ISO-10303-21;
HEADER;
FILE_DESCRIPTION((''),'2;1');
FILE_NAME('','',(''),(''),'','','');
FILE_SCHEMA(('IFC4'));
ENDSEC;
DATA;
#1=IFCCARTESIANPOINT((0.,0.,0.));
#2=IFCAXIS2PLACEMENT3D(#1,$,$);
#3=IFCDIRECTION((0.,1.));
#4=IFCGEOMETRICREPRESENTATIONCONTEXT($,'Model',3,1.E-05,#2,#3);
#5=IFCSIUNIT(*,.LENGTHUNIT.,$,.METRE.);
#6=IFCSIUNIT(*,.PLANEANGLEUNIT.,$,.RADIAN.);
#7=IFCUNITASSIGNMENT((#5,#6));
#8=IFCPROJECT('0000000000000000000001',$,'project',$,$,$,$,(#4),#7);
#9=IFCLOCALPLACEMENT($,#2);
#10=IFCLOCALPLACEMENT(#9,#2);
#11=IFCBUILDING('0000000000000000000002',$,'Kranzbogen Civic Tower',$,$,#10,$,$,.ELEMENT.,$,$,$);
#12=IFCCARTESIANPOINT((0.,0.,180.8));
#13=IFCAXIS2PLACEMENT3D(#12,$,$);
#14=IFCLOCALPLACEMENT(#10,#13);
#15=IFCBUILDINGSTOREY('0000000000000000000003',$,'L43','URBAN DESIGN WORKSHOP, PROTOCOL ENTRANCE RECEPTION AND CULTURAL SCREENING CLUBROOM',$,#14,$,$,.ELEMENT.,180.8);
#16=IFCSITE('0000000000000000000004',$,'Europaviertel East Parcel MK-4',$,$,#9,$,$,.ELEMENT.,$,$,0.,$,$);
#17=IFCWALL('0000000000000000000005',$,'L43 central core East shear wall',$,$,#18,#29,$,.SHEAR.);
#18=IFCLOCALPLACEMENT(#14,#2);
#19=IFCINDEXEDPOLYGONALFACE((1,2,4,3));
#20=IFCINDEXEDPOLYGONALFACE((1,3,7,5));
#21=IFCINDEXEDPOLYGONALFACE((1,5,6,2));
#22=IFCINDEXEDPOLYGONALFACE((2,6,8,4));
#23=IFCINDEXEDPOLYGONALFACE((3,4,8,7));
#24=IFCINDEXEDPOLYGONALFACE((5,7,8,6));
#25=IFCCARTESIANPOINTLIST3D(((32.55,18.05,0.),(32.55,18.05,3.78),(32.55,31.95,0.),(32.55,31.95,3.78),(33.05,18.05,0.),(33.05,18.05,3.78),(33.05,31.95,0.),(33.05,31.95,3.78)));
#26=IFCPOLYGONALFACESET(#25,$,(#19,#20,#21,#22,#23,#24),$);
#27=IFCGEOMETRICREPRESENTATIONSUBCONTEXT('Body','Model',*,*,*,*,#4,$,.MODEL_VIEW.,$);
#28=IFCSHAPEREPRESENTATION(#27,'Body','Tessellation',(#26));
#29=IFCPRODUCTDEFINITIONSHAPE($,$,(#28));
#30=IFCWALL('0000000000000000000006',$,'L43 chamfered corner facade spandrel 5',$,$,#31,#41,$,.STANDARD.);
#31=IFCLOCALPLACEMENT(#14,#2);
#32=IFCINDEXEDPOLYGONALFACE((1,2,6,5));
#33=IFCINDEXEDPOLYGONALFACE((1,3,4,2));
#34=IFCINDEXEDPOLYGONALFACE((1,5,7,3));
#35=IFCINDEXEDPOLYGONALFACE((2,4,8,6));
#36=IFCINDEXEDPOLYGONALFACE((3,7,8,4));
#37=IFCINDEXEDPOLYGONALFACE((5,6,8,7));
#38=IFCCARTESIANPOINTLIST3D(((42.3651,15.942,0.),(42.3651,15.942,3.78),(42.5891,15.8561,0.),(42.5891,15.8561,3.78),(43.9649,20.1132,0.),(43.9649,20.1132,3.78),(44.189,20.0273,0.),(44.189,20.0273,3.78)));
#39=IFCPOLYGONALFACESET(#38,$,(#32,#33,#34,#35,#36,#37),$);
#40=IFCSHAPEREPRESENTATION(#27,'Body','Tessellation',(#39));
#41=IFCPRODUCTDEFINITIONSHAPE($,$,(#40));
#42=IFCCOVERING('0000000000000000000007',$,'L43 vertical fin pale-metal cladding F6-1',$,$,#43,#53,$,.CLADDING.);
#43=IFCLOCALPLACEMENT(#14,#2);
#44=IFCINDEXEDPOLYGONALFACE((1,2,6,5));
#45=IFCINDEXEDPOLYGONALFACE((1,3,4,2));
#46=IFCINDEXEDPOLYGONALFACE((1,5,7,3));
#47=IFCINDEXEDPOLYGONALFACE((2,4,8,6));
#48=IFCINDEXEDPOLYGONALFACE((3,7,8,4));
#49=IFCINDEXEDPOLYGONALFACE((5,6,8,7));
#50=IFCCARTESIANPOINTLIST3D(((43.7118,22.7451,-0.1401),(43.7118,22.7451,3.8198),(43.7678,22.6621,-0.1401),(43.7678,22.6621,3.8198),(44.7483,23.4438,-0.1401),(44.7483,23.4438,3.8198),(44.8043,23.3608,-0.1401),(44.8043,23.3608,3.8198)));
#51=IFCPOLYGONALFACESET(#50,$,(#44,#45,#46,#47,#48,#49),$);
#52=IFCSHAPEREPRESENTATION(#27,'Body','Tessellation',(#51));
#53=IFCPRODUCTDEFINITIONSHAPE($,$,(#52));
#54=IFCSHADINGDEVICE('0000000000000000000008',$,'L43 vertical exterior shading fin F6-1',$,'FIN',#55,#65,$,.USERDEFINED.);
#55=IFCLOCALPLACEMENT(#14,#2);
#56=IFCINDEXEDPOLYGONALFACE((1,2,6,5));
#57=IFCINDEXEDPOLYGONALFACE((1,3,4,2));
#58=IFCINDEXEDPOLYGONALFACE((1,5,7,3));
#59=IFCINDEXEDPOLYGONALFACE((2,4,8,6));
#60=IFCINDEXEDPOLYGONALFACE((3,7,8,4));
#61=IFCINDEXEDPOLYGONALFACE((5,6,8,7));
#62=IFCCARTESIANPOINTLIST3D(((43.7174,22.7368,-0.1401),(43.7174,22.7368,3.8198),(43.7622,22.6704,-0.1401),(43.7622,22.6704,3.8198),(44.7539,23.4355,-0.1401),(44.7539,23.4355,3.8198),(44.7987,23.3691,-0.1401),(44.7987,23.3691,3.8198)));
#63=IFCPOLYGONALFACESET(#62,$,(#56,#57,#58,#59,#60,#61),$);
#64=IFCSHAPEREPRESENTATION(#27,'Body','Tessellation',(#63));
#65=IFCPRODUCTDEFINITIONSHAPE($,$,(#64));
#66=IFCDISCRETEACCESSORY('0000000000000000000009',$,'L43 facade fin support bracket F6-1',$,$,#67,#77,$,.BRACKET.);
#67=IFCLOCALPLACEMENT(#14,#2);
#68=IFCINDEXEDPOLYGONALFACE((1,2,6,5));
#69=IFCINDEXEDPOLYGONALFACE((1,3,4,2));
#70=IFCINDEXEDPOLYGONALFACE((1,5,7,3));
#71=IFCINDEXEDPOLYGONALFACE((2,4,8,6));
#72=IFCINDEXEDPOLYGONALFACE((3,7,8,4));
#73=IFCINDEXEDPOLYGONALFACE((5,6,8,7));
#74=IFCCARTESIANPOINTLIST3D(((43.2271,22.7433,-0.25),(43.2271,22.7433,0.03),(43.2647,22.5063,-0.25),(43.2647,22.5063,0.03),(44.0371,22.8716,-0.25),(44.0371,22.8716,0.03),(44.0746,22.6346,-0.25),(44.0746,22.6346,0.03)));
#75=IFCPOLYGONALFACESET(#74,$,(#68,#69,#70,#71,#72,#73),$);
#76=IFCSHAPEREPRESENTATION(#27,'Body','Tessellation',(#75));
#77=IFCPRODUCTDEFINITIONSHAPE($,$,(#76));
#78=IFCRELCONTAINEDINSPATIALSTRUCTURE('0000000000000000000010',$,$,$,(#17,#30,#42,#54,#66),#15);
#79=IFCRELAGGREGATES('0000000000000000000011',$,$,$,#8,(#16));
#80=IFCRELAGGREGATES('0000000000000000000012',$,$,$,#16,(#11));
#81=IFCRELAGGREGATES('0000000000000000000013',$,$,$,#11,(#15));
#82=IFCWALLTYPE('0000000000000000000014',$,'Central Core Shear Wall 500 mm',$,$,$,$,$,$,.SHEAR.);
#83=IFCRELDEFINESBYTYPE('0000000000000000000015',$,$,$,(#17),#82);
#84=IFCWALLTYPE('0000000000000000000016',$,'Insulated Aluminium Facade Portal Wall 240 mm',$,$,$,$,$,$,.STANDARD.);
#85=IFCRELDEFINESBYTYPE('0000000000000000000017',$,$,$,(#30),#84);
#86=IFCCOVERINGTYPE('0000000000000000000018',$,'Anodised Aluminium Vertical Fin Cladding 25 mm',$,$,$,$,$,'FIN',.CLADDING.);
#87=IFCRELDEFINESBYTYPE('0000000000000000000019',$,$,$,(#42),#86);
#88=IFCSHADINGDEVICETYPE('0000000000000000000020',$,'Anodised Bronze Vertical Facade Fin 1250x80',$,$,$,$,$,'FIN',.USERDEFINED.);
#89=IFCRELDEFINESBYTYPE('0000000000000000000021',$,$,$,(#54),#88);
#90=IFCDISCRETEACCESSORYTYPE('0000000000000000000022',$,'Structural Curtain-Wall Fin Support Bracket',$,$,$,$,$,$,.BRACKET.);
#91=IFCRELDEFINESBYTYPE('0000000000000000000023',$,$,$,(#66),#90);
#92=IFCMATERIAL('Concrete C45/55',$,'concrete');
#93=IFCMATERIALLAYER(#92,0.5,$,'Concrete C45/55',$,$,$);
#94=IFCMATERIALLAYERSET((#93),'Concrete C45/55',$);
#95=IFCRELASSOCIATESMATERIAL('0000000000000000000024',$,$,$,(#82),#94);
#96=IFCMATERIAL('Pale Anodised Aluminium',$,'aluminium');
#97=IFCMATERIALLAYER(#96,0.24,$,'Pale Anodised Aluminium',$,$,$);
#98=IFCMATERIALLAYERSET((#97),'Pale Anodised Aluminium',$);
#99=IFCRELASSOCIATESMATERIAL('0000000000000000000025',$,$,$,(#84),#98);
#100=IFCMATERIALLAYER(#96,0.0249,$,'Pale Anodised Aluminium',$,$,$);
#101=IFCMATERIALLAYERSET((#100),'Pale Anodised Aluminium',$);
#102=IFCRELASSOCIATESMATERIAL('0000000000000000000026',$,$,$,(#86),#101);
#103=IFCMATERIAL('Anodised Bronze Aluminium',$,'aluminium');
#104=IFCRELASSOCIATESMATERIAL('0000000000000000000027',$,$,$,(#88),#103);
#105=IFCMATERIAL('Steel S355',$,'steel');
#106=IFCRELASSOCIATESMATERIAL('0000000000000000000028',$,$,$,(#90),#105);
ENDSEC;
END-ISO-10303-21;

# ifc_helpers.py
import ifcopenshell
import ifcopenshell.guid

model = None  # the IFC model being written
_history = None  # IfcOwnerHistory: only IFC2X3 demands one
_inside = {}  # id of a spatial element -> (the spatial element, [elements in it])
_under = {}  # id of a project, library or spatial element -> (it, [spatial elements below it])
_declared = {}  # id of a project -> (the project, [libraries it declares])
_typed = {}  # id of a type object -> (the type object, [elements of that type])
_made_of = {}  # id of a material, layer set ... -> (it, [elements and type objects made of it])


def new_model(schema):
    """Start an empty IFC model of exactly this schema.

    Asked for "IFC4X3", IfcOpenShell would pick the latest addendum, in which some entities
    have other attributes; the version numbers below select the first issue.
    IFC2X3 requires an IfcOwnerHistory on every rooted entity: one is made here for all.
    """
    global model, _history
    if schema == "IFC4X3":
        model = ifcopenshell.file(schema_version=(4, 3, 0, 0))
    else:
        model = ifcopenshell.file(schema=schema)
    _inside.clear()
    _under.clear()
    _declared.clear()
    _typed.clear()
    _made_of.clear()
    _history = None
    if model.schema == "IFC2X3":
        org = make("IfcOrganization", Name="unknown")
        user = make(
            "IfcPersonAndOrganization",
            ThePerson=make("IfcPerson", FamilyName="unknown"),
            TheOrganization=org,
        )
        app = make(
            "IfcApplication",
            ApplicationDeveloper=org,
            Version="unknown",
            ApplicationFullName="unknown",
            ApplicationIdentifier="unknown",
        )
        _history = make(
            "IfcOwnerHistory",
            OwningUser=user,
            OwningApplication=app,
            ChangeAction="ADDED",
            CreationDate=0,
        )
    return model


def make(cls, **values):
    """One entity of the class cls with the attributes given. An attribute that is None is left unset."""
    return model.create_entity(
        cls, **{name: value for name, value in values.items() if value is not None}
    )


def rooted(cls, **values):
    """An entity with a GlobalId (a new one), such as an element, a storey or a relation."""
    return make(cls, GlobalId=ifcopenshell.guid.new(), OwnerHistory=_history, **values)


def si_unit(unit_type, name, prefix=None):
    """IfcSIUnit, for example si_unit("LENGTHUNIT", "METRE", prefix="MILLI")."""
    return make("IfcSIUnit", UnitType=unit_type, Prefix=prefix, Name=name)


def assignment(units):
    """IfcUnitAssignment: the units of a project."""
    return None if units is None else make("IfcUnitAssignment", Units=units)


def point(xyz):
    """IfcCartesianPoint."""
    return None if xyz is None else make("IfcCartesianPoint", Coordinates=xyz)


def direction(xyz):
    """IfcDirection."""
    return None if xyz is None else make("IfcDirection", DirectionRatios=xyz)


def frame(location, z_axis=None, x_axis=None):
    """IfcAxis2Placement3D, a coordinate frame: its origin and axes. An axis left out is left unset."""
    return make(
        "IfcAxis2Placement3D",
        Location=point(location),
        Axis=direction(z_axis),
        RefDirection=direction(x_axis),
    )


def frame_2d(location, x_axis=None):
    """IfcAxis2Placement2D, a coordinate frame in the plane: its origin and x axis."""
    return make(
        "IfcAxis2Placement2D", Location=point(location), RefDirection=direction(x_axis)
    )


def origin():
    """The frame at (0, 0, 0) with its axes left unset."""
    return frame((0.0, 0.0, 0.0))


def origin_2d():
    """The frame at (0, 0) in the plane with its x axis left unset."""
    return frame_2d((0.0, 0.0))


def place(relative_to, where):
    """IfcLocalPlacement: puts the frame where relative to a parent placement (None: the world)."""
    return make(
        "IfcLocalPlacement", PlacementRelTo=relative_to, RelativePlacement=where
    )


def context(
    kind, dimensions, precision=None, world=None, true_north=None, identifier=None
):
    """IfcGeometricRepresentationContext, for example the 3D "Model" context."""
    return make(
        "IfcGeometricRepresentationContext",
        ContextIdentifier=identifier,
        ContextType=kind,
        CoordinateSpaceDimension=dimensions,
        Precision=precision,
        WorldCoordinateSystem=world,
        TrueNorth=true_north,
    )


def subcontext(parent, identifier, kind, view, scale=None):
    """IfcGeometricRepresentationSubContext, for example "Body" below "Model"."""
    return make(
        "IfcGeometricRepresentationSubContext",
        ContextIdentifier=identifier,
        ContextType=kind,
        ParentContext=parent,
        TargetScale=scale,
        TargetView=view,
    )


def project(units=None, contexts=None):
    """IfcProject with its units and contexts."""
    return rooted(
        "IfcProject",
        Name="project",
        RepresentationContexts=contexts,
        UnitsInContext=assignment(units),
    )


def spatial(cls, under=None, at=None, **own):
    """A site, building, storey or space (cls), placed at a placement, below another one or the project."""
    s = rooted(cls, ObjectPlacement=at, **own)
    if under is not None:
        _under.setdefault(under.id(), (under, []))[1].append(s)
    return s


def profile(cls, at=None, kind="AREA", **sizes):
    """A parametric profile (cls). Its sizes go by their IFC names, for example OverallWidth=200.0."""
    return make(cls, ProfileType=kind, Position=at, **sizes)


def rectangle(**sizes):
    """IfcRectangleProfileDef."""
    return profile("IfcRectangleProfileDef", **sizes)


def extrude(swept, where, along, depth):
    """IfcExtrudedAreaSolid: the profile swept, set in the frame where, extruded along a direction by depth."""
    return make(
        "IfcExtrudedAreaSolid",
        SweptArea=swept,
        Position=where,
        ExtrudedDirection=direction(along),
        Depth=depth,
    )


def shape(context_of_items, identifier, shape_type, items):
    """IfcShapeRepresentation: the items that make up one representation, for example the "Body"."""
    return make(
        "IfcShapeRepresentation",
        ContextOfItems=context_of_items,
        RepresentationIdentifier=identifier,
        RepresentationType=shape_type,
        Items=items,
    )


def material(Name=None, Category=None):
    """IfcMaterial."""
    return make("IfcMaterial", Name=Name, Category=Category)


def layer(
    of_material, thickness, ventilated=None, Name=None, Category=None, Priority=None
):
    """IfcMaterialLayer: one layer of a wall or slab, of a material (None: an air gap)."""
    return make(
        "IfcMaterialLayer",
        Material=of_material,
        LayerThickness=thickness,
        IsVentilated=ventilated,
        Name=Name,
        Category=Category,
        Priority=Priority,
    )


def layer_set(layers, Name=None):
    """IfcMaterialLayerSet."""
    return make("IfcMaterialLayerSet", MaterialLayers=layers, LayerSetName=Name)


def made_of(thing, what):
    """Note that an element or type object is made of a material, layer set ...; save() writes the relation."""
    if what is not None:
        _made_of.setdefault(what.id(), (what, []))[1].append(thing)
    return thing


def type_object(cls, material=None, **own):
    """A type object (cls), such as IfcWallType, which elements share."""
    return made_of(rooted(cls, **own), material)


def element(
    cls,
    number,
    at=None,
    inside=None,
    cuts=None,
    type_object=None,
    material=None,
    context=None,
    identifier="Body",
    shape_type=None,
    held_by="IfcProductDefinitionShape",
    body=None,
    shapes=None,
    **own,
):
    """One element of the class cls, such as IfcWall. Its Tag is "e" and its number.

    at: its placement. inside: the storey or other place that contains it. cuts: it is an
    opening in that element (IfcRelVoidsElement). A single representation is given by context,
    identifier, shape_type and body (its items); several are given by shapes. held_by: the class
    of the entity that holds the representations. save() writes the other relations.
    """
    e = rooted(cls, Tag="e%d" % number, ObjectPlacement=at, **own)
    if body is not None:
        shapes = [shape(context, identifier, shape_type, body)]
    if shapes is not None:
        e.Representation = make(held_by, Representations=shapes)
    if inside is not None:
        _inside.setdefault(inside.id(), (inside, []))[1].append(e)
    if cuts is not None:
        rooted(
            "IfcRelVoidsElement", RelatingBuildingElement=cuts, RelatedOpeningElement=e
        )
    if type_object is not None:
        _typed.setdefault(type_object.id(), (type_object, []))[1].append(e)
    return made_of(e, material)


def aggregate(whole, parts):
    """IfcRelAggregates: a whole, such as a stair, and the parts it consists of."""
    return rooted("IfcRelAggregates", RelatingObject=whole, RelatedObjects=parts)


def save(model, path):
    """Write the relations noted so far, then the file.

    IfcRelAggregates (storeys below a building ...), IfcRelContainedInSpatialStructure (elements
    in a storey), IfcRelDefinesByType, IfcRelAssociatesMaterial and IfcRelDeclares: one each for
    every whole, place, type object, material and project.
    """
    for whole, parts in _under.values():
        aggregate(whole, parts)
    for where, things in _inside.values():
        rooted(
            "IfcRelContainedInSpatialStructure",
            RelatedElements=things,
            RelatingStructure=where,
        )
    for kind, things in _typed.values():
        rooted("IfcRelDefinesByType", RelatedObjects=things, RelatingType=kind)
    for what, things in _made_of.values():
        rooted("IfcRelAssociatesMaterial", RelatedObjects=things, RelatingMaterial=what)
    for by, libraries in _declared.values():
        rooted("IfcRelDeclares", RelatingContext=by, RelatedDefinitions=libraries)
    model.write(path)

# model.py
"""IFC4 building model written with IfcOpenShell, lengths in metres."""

from ifc_helpers import new_model, si_unit, direction, frame, frame_2d, origin, origin_2d, place, context, subcontext, project, spatial, rectangle, extrude, material, layer, layer_set, type_object, element, save


model = new_model("IFC4")

# Units and contexts
model_context = context("Model", 3, precision=1e-05, world=origin(), true_north=direction((0.0, 1.0)))
body_context = subcontext(model_context, "Body", "Model", "MODEL_VIEW")
ifc_project = project(units=[si_unit("LENGTHUNIT", "METRE"), si_unit("PLANEANGLEUNIT", "RADIAN")], contexts=[model_context])

# Site, building, storey
site_placement = place(None, origin())
site = spatial("IfcSite", under=ifc_project, at=site_placement, Name="Europaviertel East Parcel MK-4", CompositionType="ELEMENT", RefElevation=0.0)
building_placement = place(site_placement, origin())
building = spatial("IfcBuilding", under=site, at=building_placement, Name="Kranzbogen Civic Tower", CompositionType="ELEMENT")
storey_placement = place(building_placement, frame((0.0, 0.0, 180.8)))
storey = spatial("IfcBuildingStorey", under=building, at=storey_placement, Name="L43", Description="URBAN DESIGN WORKSHOP, PROTOCOL ENTRANCE RECEPTION AND CULTURAL SCREENING CLUBROOM", CompositionType="ELEMENT", Elevation=180.8)

# Shared definitions
ifc_material_1 = material(Name="Steel S355", Category="steel")

# Shared definitions
ifc_material_2 = material(Name="Pale Anodised Aluminium", Category="aluminium")

# Walls
ifc_material_3 = material(Name="Concrete C45/55", Category="concrete")
ifc_layer_1 = layer(ifc_material_3, 0.5, Name="Concrete C45/55")
ifc_layer_set_1 = layer_set([ifc_layer_1], Name="Concrete C45/55")
wall_type_1 = type_object("IfcWallType", Name="Central Core Shear Wall 500 mm", PredefinedType="SHEAR", material=ifc_layer_set_1)
wall_1_placement = place(storey_placement, frame((32.8, 18.05, 0.0), z_axis=(0.0, 0.0, 1.0), x_axis=(0.0, 1.0, 0.0)))
element("IfcWall", 1, at=wall_1_placement, inside=storey, type_object=wall_type_1, Name="L43 central core East shear wall", PredefinedType="SHEAR", context=body_context, shape_type="SweptSolid", body=[
    extrude(rectangle(XDim=13.8999, YDim=0.5, at=frame_2d((6.95, 0.0))), origin(), (0.0, 0.0, 1.0), 3.78),
])
ifc_layer_2 = layer(ifc_material_2, 0.24, Name="Pale Anodised Aluminium")
ifc_layer_set_2 = layer_set([ifc_layer_2], Name="Pale Anodised Aluminium")
wall_type_2 = type_object("IfcWallType", Name="Insulated Aluminium Facade Portal Wall 240 mm", PredefinedType="STANDARD", material=ifc_layer_set_2)
wall_2_placement = place(storey_placement, frame((42.4771, 15.8989, 0.0), z_axis=(0.0, 0.0, 1.0), x_axis=(0.358115, 0.933678, 0.0)))
element("IfcWall", 2, at=wall_2_placement, inside=storey, type_object=wall_type_2, Name="L43 chamfered corner facade spandrel 5", PredefinedType="STANDARD", context=body_context, shape_type="SweptSolid", body=[
    extrude(rectangle(XDim=4.4675, YDim=0.24, at=frame_2d((2.2339, 0.0))), origin(), (0.0, 0.0, 1.0), 3.78),
])

# Covering
ifc_layer_3 = layer(ifc_material_2, 0.0249, Name="Pale Anodised Aluminium")
ifc_layer_set_3 = layer_set([ifc_layer_3], Name="Pale Anodised Aluminium")
covering_type = type_object("IfcCoveringType", Name="Anodised Aluminium Vertical Fin Cladding 25 mm", ElementType="FIN", PredefinedType="CLADDING", material=ifc_layer_set_3)
covering_placement = place(storey_placement, frame((44.2581, 23.053, -0.1401), z_axis=(0.0, 0.0, 1.0), x_axis=(0.829174, 0.55899, 0.0)))
element("IfcCovering", 3, at=covering_placement, inside=storey, type_object=covering_type, Name="L43 vertical fin pale-metal cladding F6-1", PredefinedType="CLADDING", context=body_context, shape_type="SweptSolid", body=[
    extrude(rectangle(XDim=1.25, YDim=0.1001, at=origin_2d()), origin(), (0.0, 0.0, 1.0), 3.96),
])

# Shading device
ifc_material_4 = material(Name="Anodised Bronze Aluminium", Category="aluminium")
shading_device_type = type_object("IfcShadingDeviceType", Name="Anodised Bronze Vertical Facade Fin 1250x80", ElementType="FIN", PredefinedType="USERDEFINED", material=ifc_material_4)
shading_device_placement = place(storey_placement, frame((44.2581, 23.053, -0.1401), z_axis=(0.0, 0.0, 1.0), x_axis=(0.829174, 0.55899, 0.0)))
element("IfcShadingDevice", 4, at=shading_device_placement, inside=storey, type_object=shading_device_type, Name="L43 vertical exterior shading fin F6-1", ObjectType="FIN", PredefinedType="USERDEFINED", context=body_context, shape_type="SweptSolid", body=[
    extrude(rectangle(XDim=1.25, YDim=0.0801, at=origin_2d()), origin(), (0.0, 0.0, 1.0), 3.96),
])

# Discrete accessory
discrete_accessory_type = type_object("IfcDiscreteAccessoryType", Name="Structural Curtain-Wall Fin Support Bracket", PredefinedType="BRACKET", material=ifc_material_1)
discrete_accessory_placement = place(storey_placement, frame((43.6509, 22.689, -0.25), z_axis=(0.0, 0.0, 1.0), x_axis=(0.987688, 0.156434, 0.0)))
element("IfcDiscreteAccessory", 5, at=discrete_accessory_placement, inside=storey, type_object=discrete_accessory_type, Name="L43 facade fin support bracket F6-1", PredefinedType="BRACKET", context=body_context, shape_type="SweptSolid", body=[
    extrude(rectangle(XDim=0.8201, YDim=0.24, at=origin_2d()), origin(), (0.0, 0.0, 1.0), 0.28),
])

save(model, "model.ifc")
